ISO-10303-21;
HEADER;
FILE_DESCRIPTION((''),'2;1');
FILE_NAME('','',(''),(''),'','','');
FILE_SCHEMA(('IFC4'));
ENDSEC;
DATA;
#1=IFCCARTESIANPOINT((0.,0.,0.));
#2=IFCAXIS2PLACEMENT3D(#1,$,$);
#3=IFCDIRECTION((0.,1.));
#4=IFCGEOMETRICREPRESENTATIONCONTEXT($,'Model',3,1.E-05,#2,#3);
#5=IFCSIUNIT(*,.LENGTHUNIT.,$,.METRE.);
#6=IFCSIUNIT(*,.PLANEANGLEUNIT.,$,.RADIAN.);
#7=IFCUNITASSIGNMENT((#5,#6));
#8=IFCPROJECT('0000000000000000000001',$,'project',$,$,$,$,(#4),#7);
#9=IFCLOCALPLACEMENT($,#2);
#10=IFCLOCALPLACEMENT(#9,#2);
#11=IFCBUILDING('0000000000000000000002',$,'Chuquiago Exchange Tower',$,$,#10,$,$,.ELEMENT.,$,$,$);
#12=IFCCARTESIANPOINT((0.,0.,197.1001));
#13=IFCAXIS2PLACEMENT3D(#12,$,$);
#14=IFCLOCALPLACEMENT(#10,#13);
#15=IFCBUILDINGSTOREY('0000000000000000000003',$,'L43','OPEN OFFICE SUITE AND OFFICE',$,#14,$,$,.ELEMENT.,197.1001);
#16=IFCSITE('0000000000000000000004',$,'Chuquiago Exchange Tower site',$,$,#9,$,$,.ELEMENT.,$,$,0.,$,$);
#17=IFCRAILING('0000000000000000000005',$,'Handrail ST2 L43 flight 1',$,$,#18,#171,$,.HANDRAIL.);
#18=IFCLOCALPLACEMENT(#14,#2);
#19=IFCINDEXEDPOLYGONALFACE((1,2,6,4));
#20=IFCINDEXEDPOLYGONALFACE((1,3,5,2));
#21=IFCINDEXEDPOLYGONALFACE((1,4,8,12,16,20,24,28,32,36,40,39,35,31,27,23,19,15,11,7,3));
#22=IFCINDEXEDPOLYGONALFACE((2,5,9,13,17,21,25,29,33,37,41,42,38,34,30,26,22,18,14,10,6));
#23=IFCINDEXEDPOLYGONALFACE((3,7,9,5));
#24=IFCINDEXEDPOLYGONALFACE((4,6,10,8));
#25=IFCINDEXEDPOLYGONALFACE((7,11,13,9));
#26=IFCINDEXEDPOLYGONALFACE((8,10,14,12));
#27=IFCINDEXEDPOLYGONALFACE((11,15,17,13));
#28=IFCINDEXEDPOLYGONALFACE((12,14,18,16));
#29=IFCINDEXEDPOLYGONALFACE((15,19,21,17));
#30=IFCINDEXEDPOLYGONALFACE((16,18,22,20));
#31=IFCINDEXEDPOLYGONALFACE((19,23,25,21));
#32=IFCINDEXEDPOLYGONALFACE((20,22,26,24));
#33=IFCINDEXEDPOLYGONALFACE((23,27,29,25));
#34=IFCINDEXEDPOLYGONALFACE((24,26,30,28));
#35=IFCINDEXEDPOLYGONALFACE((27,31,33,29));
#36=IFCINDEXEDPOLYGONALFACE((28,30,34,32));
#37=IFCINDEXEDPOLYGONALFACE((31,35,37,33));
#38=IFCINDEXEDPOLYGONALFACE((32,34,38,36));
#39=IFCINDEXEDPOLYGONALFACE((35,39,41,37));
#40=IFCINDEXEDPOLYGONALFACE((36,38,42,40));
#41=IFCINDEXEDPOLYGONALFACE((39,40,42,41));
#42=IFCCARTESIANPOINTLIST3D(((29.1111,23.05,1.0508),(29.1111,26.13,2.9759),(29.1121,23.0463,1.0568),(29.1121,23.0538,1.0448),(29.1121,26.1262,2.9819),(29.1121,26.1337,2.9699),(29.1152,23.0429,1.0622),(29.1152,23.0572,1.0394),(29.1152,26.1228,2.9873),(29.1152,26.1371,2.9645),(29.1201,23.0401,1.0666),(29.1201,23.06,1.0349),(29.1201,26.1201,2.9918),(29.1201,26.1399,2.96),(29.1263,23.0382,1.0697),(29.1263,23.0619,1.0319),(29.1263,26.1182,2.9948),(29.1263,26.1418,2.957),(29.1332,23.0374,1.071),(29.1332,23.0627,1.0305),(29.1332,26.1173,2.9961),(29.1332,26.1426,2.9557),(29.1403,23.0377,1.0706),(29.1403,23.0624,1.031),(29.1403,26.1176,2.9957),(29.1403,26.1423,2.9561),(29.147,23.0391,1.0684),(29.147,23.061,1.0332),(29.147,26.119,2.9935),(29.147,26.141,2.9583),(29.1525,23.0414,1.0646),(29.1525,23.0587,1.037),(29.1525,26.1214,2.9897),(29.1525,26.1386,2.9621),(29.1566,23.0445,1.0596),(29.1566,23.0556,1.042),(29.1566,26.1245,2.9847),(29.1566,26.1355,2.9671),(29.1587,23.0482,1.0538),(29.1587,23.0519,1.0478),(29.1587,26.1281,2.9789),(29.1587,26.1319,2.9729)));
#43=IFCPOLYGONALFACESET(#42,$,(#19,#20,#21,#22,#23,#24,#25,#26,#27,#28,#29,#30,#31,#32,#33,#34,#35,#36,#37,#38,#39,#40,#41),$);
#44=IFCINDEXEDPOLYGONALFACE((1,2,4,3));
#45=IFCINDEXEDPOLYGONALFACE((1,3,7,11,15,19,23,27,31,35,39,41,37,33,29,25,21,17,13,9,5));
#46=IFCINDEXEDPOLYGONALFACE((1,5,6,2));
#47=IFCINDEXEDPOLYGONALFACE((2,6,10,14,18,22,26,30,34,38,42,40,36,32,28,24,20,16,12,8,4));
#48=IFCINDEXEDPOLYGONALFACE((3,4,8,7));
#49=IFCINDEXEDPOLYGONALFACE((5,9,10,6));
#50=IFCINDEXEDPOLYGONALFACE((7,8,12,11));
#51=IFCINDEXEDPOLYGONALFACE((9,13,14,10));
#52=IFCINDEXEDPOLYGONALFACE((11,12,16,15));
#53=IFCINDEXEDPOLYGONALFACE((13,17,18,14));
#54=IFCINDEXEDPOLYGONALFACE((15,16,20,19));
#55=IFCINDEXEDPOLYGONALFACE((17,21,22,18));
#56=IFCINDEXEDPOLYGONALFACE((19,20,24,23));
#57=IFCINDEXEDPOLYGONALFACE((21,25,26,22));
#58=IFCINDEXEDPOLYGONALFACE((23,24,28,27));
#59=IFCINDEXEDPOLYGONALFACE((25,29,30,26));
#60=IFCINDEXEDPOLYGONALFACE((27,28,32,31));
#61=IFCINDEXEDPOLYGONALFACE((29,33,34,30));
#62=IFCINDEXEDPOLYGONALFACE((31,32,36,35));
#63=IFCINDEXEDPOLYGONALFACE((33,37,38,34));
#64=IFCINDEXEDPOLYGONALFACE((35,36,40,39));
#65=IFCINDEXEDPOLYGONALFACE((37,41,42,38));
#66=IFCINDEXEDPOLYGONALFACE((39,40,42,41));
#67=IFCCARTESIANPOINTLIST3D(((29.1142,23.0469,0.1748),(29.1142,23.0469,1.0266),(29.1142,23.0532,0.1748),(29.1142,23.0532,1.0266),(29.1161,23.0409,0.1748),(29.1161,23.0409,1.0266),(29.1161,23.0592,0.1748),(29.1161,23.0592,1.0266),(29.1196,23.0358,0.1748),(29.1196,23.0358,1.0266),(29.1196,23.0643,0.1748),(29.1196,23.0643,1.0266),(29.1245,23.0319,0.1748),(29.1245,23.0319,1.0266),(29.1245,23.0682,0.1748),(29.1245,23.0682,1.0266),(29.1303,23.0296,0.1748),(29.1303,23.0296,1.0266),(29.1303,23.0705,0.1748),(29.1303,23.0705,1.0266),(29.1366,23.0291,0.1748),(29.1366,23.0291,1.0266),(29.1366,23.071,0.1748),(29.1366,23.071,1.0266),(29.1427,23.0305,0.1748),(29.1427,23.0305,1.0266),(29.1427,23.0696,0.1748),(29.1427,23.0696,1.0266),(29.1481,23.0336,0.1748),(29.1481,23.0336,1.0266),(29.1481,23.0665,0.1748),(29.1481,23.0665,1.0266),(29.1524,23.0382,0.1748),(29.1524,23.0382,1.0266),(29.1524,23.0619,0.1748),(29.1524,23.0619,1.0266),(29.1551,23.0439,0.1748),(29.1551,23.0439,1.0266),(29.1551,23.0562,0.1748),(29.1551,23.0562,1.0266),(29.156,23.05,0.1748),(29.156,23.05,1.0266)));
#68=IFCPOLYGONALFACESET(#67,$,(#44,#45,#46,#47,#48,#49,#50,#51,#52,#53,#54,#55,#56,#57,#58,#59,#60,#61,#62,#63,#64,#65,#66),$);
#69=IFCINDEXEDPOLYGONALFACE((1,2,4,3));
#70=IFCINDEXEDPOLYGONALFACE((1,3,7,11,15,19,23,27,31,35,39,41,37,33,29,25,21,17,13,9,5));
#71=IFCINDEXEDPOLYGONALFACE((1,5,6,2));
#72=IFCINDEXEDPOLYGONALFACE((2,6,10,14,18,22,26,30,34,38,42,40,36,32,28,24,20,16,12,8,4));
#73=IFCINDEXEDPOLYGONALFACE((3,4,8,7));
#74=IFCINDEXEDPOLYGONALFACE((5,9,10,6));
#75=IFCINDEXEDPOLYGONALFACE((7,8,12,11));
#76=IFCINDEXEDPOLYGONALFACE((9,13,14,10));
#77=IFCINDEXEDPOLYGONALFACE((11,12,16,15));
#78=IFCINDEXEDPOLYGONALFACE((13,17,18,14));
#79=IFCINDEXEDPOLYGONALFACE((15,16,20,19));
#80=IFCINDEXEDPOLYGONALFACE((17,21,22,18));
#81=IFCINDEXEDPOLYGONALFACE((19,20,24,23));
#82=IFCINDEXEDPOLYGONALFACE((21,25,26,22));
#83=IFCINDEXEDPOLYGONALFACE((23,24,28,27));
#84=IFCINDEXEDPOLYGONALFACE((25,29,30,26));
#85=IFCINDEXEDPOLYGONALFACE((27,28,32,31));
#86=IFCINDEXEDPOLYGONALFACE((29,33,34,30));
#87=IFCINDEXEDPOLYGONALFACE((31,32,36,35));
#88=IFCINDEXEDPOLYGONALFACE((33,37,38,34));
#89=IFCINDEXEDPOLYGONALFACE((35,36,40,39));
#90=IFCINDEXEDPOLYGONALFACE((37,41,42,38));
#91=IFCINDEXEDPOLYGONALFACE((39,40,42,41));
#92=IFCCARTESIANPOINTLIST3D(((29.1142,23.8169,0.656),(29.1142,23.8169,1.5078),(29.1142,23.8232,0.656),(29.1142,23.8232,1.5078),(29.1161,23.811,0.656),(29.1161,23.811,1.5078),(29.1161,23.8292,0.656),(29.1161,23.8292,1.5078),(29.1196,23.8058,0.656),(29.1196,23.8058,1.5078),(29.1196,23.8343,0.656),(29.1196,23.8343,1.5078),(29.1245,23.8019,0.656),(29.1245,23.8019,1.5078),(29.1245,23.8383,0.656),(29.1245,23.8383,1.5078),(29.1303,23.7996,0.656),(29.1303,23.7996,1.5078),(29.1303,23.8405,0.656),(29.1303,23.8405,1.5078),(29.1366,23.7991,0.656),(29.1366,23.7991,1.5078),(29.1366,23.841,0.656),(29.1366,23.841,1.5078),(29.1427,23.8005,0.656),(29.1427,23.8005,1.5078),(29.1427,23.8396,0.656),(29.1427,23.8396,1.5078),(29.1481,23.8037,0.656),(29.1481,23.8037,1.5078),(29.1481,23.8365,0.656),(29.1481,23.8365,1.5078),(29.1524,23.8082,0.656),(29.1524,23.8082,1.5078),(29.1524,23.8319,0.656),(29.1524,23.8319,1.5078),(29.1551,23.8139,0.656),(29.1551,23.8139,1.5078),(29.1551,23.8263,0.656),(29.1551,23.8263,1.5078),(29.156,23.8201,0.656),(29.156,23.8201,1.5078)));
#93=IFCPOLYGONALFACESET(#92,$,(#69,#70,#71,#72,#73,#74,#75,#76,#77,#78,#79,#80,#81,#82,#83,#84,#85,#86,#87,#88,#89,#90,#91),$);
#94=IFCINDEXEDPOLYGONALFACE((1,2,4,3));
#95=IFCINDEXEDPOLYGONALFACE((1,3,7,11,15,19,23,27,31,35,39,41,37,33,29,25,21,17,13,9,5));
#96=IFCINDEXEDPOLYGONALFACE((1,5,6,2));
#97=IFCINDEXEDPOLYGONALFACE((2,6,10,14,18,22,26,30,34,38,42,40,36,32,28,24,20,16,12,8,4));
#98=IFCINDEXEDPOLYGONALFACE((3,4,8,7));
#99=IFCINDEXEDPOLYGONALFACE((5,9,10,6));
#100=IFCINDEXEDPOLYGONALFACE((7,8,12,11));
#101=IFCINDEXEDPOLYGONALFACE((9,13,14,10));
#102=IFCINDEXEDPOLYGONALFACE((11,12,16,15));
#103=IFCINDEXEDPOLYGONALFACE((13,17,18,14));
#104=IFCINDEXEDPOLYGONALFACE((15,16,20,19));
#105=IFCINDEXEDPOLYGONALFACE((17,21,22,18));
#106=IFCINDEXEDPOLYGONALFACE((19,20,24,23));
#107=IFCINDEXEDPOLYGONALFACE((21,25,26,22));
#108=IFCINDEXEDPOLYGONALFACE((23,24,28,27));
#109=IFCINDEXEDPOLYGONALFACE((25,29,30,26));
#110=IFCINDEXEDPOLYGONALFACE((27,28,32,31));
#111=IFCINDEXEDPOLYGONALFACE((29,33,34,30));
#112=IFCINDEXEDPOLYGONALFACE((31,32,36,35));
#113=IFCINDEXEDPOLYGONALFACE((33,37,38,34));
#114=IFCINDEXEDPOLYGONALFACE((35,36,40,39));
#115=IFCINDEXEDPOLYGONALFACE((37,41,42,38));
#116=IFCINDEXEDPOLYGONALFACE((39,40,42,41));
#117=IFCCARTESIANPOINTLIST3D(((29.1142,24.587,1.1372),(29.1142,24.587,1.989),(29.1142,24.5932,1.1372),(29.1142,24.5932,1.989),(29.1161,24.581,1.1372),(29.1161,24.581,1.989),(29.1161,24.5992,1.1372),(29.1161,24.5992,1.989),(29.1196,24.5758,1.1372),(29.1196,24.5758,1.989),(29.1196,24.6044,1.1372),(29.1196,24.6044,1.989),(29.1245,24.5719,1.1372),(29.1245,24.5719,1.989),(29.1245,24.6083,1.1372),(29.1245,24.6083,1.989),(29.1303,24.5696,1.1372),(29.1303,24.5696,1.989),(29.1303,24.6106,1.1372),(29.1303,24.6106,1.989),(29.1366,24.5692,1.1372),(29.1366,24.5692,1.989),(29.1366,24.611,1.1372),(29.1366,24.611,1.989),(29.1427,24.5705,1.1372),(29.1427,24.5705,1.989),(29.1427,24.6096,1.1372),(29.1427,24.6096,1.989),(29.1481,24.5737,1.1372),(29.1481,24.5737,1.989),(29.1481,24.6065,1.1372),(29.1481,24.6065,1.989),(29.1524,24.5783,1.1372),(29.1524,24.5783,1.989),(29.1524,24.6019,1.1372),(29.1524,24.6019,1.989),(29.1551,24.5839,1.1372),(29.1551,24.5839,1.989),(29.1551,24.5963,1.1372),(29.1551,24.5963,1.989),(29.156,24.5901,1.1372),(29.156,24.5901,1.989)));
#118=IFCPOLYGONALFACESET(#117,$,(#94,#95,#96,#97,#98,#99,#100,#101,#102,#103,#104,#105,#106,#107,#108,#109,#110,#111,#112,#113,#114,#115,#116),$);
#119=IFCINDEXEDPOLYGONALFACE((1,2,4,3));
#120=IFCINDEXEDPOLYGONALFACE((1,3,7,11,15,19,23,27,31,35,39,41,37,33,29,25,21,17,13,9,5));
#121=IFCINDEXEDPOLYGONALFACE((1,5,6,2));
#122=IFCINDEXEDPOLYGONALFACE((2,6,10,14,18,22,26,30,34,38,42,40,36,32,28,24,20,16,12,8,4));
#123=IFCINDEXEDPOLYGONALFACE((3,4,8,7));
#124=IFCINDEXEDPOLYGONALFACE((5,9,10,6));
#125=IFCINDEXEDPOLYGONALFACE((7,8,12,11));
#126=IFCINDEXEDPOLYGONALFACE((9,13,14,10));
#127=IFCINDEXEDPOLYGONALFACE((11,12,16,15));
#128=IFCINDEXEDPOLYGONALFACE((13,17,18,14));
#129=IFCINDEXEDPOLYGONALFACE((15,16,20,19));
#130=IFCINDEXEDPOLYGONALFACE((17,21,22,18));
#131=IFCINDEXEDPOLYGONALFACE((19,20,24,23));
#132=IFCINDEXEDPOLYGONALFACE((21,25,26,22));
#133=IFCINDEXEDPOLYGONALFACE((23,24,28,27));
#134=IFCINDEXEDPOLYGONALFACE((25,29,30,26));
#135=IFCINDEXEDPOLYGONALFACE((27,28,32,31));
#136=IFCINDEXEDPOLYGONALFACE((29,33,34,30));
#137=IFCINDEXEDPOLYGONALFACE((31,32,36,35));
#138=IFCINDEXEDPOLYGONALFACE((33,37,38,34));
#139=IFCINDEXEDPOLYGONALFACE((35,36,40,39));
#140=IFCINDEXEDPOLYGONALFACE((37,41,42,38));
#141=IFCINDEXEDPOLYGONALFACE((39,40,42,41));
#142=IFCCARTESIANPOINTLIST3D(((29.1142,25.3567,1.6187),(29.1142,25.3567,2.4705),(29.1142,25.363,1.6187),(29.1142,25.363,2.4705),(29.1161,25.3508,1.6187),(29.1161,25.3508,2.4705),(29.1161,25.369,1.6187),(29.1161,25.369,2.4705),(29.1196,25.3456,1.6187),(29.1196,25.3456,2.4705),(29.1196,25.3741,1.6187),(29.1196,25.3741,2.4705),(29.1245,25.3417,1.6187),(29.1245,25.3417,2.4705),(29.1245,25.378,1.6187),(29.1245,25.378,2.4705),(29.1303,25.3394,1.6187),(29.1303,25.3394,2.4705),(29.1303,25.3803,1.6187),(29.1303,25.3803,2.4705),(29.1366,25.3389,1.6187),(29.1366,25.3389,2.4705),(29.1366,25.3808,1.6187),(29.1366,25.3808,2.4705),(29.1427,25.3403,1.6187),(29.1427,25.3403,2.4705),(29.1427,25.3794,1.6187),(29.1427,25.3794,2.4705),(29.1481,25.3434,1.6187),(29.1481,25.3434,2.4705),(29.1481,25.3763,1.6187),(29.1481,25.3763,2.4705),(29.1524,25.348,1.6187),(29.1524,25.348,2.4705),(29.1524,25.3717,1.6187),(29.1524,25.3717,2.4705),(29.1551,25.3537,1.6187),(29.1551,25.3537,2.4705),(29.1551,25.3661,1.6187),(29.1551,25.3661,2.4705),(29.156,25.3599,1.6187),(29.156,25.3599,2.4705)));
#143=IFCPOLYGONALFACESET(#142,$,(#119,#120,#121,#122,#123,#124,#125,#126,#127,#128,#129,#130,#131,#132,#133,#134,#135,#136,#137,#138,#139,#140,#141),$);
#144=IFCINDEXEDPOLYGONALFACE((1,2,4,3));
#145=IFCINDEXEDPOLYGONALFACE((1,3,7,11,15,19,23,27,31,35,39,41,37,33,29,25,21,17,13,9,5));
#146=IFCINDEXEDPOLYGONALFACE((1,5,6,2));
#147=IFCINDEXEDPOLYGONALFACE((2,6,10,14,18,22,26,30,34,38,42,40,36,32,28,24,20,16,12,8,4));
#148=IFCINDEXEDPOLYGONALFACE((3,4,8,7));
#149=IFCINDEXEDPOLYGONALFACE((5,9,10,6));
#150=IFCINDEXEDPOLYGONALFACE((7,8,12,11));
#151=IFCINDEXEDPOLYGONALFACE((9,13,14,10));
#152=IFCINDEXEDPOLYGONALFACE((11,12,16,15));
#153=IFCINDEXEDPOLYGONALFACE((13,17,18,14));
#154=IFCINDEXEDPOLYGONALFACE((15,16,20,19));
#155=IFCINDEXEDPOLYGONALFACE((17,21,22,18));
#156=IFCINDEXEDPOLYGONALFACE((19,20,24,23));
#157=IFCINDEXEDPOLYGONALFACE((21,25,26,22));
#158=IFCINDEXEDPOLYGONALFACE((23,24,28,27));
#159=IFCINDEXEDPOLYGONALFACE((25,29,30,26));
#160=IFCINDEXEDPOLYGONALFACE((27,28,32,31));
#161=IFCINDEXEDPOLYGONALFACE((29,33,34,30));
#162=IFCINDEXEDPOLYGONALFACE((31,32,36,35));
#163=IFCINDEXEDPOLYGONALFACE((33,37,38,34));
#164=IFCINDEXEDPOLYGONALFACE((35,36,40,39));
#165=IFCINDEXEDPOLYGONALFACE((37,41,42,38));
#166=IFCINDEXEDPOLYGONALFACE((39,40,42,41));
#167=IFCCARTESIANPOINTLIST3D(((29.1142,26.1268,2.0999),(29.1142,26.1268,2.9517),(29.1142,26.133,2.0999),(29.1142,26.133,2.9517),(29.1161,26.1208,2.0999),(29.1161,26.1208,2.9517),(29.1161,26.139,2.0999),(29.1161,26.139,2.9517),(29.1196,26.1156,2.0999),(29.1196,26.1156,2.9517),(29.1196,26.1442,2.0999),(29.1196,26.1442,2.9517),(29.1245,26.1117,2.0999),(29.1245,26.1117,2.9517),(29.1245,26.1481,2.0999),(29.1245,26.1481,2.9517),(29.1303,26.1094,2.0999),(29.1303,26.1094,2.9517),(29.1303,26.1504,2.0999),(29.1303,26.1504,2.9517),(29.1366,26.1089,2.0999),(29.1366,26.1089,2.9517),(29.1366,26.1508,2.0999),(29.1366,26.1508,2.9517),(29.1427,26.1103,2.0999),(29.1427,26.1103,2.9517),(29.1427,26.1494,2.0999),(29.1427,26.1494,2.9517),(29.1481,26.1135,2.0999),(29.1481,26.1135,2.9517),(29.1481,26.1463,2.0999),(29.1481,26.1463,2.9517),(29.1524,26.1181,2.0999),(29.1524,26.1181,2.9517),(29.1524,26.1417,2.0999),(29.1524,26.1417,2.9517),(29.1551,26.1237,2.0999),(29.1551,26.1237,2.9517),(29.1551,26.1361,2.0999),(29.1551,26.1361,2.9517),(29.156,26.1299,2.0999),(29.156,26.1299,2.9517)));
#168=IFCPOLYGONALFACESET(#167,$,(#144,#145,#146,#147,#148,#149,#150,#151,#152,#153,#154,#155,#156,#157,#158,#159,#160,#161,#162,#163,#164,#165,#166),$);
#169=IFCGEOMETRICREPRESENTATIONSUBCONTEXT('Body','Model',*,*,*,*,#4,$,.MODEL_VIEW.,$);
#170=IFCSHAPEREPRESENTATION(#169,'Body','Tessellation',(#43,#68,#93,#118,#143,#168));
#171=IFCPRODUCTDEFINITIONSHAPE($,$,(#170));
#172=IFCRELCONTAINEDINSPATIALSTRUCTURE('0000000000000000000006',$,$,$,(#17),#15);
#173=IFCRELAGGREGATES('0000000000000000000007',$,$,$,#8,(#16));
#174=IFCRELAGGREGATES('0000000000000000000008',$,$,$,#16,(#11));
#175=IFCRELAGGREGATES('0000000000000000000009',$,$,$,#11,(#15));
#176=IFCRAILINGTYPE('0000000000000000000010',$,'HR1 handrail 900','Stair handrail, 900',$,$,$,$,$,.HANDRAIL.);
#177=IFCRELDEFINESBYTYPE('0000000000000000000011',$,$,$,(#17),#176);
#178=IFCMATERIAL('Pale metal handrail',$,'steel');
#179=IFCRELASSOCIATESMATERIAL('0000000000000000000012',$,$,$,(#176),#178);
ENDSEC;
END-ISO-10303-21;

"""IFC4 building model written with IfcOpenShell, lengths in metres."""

from ifc_helpers import new_model, si_unit, direction, frame, origin, origin_2d, place, context, subcontext, project, spatial, circle, extrude, material, type_object, element, save


model = new_model("IFC4")

# Units and contexts
model_context = context("Model", 3, precision=1e-05, world=origin(), true_north=direction((0.0, 1.0)))
body_context = subcontext(model_context, "Body", "Model", "MODEL_VIEW")
ifc_project = project(units=[si_unit("LENGTHUNIT", "METRE"), si_unit("PLANEANGLEUNIT", "RADIAN")], contexts=[model_context])

# Site, building, storey
site_placement = place(None, origin())
site = spatial("IfcSite", under=ifc_project, at=site_placement, Name="Chuquiago Exchange Tower site", CompositionType="ELEMENT", RefElevation=0.0)
building_placement = place(site_placement, origin())
building = spatial("IfcBuilding", under=site, at=building_placement, Name="Chuquiago Exchange Tower", CompositionType="ELEMENT")
storey_placement = place(building_placement, frame((0.0, 0.0, 197.1001)))
storey = spatial("IfcBuildingStorey", under=building, at=storey_placement, Name="L43", Description="OPEN OFFICE SUITE AND OFFICE", CompositionType="ELEMENT", Elevation=197.1001)

# Railing
ifc_material_1 = material(Name="Pale metal handrail", Category="steel")
railing_type_1 = type_object("IfcRailingType", Name="HR1 handrail 900", Description="Stair handrail, 900", PredefinedType="HANDRAIL", material=ifc_material_1)
railing_1_placement = place(storey_placement, frame((29.135, 23.05, 0.1748)))
element("IfcRailing", 1, at=railing_1_placement, inside=storey, type_object=railing_type_1, Name="Handrail ST2 L43 flight 1", PredefinedType="HANDRAIL", context=body_context, shape_type="SweptSolid", body=[
    extrude(circle(Radius=0.0239, at=origin_2d()), frame((0.0, 0.0, 0.876), z_axis=(0.0, 0.847979, 0.530029), x_axis=(-1.0, 0.0, 0.0)), (0.0, 0.0, 1.0), 3.6321),
    extrude(circle(Radius=0.021, at=origin_2d()), origin(), (0.0, 0.0, 1.0), 0.8518),
    extrude(circle(Radius=0.021, at=origin_2d()), frame((0.0, 0.77, 0.4812)), (0.0, 0.0, 1.0), 0.8518),
    extrude(circle(Radius=0.021, at=origin_2d()), frame((0.0, 1.54, 0.9624)), (0.0, 0.0, 1.0), 0.8518),
    extrude(circle(Radius=0.021, at=origin_2d()), frame((0.0, 2.3098, 1.4438)), (0.0, 0.0, 1.0), 0.8518),
    extrude(circle(Radius=0.021, at=origin_2d()), frame((0.0, 3.0798, 1.925)), (0.0, 0.0, 1.0), 0.8518),
])

save(model, "model.ifc")
